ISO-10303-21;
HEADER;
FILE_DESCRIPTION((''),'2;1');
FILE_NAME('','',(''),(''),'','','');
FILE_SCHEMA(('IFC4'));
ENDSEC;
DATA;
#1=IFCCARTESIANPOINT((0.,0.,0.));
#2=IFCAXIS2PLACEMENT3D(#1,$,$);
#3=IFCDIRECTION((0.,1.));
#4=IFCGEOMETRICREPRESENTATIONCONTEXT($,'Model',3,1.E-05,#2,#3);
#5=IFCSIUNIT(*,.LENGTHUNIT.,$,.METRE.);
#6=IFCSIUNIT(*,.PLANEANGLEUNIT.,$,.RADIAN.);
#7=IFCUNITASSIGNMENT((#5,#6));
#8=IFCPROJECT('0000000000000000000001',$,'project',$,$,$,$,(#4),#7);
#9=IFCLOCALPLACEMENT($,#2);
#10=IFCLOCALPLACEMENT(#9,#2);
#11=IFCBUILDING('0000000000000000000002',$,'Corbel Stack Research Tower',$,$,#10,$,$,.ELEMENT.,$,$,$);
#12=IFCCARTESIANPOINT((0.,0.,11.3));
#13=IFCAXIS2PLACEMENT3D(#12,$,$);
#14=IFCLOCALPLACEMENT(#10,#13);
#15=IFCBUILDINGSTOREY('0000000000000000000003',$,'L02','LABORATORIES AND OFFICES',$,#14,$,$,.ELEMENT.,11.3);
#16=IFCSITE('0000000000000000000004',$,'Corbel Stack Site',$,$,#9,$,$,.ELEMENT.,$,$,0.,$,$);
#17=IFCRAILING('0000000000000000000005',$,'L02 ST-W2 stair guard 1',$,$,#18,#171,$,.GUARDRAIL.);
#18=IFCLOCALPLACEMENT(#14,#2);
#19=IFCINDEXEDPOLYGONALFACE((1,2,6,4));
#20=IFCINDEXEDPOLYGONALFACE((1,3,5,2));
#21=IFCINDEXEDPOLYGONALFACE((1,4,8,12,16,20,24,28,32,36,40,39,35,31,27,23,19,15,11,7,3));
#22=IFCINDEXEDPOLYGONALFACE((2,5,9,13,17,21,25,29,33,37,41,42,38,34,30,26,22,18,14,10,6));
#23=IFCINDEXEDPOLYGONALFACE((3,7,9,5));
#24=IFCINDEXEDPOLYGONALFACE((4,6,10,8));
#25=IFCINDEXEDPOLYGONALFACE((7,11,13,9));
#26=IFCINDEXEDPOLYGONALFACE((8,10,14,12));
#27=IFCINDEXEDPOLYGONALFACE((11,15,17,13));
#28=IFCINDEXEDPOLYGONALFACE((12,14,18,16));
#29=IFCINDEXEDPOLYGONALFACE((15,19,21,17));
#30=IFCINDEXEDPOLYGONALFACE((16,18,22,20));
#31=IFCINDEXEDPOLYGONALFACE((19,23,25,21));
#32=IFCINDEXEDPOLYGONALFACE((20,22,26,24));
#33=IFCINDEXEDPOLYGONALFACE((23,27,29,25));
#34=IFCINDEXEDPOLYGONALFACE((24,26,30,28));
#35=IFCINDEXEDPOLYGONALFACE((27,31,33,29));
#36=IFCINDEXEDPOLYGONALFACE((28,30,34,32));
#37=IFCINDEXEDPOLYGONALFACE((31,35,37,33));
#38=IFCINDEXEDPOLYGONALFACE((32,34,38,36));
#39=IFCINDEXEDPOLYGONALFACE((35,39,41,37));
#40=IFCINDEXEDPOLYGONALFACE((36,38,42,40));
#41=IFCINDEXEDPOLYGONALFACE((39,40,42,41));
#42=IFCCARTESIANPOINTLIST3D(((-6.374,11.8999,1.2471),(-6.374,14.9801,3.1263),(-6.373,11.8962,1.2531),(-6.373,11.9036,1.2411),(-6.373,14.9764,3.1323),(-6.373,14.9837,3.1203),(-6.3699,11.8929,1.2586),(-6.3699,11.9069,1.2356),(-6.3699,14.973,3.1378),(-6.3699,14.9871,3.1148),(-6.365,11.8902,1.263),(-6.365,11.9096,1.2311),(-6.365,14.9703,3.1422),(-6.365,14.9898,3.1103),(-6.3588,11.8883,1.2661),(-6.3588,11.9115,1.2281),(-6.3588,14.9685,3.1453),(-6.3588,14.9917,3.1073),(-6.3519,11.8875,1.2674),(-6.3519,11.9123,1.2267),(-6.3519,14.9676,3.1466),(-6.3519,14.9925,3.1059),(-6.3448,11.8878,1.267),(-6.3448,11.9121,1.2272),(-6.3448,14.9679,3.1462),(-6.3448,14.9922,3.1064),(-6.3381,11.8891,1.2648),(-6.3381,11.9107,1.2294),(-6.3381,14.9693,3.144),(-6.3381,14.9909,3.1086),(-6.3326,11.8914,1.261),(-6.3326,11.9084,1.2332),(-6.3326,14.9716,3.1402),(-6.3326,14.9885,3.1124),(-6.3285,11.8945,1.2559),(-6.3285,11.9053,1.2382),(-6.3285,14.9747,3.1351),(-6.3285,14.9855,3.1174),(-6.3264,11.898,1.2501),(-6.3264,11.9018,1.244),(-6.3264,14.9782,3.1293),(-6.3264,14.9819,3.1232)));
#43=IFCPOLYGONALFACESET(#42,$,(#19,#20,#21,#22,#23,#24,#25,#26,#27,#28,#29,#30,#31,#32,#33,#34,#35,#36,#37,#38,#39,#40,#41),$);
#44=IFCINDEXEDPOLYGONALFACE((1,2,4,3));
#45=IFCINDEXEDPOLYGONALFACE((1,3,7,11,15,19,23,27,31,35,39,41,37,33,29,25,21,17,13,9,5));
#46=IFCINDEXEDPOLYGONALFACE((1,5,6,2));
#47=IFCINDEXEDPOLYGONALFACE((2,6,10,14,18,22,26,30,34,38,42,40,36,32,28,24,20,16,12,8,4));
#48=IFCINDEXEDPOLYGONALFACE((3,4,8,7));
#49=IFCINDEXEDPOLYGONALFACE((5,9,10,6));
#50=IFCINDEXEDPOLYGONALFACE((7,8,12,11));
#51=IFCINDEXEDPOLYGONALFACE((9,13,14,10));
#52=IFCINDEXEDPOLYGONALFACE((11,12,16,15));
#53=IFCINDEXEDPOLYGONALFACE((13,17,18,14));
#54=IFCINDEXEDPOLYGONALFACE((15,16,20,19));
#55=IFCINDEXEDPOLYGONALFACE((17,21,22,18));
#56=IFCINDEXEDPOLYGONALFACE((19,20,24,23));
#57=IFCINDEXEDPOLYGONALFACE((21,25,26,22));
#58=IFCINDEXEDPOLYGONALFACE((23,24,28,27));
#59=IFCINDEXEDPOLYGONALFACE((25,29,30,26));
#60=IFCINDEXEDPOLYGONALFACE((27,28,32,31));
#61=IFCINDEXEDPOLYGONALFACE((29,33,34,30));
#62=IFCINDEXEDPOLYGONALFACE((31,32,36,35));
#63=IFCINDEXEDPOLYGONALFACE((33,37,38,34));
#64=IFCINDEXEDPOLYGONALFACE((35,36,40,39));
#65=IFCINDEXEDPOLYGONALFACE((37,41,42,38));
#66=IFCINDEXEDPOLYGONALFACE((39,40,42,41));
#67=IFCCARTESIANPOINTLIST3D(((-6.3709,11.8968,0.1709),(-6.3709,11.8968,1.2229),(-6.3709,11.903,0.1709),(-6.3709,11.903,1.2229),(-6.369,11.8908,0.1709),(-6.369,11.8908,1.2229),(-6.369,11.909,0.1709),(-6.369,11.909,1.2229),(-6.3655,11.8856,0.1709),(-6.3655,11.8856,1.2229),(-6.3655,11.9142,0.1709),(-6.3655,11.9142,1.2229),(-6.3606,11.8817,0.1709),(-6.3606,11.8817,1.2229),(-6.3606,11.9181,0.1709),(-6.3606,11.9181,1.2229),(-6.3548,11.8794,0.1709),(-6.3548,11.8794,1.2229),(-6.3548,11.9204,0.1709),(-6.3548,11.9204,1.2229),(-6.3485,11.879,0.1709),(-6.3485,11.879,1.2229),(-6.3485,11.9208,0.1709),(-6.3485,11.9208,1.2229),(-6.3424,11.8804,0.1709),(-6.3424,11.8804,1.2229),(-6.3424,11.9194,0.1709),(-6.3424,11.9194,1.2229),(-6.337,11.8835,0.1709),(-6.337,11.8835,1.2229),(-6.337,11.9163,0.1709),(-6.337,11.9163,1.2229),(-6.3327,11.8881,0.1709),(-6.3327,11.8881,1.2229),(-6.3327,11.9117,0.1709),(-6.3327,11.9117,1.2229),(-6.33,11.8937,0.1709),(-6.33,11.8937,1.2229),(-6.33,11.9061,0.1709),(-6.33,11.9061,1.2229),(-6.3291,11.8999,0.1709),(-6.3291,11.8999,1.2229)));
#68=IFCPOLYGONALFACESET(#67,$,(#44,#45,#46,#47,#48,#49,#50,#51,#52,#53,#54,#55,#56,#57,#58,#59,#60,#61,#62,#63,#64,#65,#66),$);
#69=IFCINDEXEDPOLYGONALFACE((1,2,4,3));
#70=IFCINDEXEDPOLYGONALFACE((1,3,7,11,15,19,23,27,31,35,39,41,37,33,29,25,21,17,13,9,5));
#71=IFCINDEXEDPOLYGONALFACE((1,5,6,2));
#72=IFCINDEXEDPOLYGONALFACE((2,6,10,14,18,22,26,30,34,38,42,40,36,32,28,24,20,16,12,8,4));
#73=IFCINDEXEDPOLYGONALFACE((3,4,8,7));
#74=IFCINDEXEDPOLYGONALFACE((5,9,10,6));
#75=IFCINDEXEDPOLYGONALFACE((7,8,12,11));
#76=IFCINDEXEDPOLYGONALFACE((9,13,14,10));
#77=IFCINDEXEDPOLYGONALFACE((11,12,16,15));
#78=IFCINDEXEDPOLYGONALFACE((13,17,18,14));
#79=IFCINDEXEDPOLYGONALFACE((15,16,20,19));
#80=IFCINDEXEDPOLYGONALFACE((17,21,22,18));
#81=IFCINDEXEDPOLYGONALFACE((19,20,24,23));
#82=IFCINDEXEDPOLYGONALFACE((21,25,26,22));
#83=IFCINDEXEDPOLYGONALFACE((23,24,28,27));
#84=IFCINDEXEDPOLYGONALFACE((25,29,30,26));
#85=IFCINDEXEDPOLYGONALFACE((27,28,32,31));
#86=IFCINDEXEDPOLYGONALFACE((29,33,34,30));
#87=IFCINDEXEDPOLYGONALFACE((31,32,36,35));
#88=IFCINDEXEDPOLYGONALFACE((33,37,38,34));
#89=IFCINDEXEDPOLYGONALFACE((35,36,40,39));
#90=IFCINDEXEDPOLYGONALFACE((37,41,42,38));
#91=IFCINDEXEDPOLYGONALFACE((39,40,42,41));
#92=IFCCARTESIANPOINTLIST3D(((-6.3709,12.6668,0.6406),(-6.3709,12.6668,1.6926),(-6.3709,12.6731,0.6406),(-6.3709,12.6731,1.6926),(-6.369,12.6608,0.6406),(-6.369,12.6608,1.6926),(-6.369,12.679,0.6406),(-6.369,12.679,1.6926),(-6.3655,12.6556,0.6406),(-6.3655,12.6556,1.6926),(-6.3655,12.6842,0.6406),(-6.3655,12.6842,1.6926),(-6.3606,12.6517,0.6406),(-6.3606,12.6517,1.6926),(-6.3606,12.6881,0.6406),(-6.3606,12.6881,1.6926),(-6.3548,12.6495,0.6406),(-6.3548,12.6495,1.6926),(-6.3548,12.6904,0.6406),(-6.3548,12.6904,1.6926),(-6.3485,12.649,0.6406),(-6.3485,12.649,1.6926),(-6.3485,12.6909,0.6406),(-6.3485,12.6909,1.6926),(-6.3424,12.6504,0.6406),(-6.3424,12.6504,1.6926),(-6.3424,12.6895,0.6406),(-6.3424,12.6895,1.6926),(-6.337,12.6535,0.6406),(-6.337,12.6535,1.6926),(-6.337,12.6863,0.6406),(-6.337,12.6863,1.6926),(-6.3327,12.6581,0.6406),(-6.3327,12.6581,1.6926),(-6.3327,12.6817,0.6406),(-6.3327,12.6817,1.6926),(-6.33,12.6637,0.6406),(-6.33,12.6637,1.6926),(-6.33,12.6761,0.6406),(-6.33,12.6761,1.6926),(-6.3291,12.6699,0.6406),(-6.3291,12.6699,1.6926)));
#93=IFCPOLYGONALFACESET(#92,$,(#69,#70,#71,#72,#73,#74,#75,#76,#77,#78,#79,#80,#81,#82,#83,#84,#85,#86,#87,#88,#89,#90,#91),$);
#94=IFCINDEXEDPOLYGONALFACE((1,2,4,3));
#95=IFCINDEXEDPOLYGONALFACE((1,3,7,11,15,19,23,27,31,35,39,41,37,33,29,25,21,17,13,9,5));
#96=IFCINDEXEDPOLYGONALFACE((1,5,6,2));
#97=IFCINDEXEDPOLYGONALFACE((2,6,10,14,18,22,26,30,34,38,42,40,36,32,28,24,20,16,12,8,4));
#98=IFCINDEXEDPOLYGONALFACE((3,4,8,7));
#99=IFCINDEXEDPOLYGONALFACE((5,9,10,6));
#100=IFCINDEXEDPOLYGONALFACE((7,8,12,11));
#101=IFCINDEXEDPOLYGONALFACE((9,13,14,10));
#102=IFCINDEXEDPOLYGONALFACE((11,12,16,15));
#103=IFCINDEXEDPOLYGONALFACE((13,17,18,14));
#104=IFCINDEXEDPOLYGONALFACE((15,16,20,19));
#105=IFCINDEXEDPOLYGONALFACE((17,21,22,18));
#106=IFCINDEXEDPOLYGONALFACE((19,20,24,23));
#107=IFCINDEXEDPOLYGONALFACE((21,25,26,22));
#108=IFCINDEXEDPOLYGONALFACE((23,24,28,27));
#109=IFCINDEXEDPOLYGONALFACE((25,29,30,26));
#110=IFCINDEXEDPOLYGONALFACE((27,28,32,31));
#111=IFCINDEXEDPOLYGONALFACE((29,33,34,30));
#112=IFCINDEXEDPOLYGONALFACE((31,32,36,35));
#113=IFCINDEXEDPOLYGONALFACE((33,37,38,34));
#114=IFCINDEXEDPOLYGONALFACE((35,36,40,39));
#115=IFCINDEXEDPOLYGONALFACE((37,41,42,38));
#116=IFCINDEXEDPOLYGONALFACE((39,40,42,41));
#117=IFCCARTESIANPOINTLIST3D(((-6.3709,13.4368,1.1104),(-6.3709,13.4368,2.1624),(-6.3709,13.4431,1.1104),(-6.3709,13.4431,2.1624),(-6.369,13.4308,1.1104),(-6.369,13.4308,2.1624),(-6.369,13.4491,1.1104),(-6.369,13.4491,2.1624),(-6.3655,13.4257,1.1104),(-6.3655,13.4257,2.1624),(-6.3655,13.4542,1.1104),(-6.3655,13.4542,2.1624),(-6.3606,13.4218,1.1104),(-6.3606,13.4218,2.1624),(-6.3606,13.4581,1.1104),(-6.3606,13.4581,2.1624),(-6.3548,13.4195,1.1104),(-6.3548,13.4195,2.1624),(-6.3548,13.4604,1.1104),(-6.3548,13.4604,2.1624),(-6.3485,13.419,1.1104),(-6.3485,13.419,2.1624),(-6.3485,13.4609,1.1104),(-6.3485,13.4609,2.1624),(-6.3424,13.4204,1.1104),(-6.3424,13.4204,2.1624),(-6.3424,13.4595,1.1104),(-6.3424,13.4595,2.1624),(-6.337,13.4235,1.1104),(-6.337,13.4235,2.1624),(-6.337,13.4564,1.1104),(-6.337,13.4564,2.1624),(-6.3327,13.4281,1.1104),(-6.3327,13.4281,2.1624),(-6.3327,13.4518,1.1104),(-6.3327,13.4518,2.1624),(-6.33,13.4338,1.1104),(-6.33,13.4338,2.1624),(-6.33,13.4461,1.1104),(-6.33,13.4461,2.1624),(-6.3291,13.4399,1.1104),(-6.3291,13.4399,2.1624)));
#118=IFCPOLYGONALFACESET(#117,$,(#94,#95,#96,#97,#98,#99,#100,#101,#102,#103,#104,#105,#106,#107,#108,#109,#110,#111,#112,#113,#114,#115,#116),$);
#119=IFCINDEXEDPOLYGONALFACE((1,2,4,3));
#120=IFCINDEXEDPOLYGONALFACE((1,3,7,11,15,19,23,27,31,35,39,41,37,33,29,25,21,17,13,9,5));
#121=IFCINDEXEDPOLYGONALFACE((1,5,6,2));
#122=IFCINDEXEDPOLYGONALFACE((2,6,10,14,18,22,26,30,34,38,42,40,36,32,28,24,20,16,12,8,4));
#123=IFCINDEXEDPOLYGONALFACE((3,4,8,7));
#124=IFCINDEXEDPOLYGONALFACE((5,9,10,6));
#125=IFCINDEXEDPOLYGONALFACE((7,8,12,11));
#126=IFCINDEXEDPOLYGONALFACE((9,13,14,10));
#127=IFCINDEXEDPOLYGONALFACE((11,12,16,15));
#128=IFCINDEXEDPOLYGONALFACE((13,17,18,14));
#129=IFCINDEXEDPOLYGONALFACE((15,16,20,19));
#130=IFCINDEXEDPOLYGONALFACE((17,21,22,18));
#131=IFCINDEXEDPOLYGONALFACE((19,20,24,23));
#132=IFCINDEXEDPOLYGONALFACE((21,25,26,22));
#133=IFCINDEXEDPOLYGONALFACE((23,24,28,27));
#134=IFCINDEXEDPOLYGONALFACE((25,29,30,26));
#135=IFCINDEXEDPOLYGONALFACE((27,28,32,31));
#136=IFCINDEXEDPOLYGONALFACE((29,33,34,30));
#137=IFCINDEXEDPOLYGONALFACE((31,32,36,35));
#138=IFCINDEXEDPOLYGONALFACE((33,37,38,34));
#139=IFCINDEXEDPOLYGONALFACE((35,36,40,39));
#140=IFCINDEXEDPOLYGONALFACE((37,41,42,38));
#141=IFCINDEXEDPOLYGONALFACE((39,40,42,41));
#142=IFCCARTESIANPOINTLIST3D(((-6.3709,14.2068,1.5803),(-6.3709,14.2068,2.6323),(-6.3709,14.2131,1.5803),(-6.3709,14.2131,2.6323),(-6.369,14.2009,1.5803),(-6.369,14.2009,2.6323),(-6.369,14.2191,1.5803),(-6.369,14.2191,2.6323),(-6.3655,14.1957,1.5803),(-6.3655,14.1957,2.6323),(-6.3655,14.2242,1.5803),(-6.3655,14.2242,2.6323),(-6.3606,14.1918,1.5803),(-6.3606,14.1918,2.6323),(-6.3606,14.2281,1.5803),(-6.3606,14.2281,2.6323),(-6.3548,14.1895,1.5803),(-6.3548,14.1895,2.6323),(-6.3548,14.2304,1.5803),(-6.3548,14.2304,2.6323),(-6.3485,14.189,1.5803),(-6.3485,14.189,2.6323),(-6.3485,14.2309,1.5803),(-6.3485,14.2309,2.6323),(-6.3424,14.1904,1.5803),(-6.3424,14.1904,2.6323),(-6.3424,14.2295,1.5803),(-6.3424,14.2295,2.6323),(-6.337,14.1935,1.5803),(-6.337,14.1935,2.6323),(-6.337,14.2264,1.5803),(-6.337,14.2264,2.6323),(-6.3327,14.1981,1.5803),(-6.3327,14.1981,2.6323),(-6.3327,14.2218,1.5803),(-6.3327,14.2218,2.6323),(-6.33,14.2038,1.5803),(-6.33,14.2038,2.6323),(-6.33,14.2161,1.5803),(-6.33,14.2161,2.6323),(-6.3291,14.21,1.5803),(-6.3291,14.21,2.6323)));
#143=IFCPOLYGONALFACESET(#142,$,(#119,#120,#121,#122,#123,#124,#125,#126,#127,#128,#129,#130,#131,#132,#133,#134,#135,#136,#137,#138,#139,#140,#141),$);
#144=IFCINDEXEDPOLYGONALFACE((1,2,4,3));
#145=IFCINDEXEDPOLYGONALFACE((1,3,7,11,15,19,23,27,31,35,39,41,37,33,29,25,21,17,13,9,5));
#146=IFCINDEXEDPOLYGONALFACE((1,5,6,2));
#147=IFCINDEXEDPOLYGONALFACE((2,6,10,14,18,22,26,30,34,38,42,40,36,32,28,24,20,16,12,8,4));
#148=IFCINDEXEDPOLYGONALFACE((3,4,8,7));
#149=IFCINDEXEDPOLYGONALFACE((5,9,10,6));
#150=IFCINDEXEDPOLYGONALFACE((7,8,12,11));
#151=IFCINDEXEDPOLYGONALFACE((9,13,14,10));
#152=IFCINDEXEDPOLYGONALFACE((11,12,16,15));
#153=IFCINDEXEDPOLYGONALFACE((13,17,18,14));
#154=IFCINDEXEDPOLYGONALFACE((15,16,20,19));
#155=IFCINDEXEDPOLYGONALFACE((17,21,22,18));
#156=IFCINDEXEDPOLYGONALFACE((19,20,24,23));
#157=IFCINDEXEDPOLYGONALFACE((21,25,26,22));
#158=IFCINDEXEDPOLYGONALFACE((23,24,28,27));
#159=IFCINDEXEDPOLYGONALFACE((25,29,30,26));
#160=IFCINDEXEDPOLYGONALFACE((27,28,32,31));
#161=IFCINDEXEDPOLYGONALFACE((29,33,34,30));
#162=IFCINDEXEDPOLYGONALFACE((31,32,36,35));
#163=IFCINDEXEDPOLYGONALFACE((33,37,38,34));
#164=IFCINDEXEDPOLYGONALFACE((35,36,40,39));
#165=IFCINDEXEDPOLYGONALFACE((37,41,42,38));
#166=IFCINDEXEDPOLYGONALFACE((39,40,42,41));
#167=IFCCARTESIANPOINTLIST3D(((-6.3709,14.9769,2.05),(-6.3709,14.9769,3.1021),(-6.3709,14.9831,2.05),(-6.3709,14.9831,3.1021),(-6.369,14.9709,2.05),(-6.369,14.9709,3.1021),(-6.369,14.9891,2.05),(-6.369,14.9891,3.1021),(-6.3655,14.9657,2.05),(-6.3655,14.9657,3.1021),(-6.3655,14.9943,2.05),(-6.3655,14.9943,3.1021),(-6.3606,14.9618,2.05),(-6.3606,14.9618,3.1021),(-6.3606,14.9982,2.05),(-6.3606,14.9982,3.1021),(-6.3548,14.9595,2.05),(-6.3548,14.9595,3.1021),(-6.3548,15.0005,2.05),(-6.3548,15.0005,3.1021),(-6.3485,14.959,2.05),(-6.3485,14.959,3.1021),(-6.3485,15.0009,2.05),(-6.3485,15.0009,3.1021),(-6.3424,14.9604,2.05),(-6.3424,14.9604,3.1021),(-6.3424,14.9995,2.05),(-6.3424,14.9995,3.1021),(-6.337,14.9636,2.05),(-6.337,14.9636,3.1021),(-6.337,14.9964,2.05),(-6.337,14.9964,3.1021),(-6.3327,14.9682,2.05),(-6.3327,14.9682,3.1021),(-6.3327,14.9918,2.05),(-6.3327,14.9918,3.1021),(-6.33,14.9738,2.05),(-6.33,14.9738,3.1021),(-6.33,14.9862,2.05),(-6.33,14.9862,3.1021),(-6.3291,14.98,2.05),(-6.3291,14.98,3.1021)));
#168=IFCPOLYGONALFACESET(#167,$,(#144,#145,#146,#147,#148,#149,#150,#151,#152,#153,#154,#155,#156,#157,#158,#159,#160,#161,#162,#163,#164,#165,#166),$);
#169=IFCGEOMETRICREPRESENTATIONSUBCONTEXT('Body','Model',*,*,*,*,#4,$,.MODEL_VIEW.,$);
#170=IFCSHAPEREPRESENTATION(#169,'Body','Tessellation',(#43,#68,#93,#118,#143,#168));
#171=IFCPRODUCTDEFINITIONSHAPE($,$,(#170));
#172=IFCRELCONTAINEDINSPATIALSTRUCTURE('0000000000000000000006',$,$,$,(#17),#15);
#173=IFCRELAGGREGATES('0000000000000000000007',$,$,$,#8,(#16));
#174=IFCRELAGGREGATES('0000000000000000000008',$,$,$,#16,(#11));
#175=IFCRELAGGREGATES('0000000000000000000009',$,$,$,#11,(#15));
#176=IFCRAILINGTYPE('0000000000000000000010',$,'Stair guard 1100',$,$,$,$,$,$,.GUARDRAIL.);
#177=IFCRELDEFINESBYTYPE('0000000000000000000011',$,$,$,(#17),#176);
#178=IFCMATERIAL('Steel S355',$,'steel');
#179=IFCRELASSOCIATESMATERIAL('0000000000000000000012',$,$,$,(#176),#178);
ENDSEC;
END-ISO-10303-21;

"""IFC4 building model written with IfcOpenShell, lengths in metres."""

from ifc_helpers import new_model, si_unit, direction, frame, origin, origin_2d, place, context, subcontext, project, spatial, circle, extrude, material, type_object, element, save


model = new_model("IFC4")

# Units and contexts
model_context = context("Model", 3, precision=1e-05, world=origin(), true_north=direction((0.0, 1.0)))
body_context = subcontext(model_context, "Body", "Model", "MODEL_VIEW")
ifc_project = project(units=[si_unit("LENGTHUNIT", "METRE"), si_unit("PLANEANGLEUNIT", "RADIAN")], contexts=[model_context])

# Site, building, storey
site_placement = place(None, origin())
site = spatial("IfcSite", under=ifc_project, at=site_placement, Name="Corbel Stack Site", CompositionType="ELEMENT", RefElevation=0.0)
building_placement = place(site_placement, origin())
building = spatial("IfcBuilding", under=site, at=building_placement, Name="Corbel Stack Research Tower", CompositionType="ELEMENT")
storey_placement = place(building_placement, frame((0.0, 0.0, 11.3)))
storey = spatial("IfcBuildingStorey", under=building, at=storey_placement, Name="L02", Description="LABORATORIES AND OFFICES", CompositionType="ELEMENT", Elevation=11.3)

# Railing
ifc_material_1 = material(Name="Steel S355", Category="steel")
railing_type_1 = type_object("IfcRailingType", Name="Stair guard 1100", PredefinedType="GUARDRAIL", material=ifc_material_1)
railing_1_placement = place(storey_placement, frame((-6.3501, 11.8999, 0.1709)))
element("IfcRailing", 1, at=railing_1_placement, inside=storey, type_object=railing_type_1, Name="L02 ST-W2 stair guard 1", PredefinedType="GUARDRAIL", context=body_context, shape_type="SweptSolid", body=[
    extrude(circle(Radius=0.0239, at=origin_2d()), frame((0.0, 0.0, 1.0762), z_axis=(0.0, 0.853666, 0.52082), x_axis=(-1.0, 0.0, 0.0)), (0.0, 0.0, 1.0), 3.6082),
    extrude(circle(Radius=0.021, at=origin_2d()), origin(), (0.0, 0.0, 1.0), 1.052),
    extrude(circle(Radius=0.021, at=origin_2d()), frame((0.0, 0.77, 0.4697)), (0.0, 0.0, 1.0), 1.052),
    extrude(circle(Radius=0.021, at=origin_2d()), frame((0.0, 1.54, 0.9395)), (0.0, 0.0, 1.0), 1.052),
    extrude(circle(Radius=0.021, at=origin_2d()), frame((0.0, 2.3101, 1.4094)), (0.0, 0.0, 1.0), 1.052),
    extrude(circle(Radius=0.021, at=origin_2d()), frame((0.0, 3.0801, 1.8792)), (0.0, 0.0, 1.0), 1.052),
])

save(model, "model.ifc")
